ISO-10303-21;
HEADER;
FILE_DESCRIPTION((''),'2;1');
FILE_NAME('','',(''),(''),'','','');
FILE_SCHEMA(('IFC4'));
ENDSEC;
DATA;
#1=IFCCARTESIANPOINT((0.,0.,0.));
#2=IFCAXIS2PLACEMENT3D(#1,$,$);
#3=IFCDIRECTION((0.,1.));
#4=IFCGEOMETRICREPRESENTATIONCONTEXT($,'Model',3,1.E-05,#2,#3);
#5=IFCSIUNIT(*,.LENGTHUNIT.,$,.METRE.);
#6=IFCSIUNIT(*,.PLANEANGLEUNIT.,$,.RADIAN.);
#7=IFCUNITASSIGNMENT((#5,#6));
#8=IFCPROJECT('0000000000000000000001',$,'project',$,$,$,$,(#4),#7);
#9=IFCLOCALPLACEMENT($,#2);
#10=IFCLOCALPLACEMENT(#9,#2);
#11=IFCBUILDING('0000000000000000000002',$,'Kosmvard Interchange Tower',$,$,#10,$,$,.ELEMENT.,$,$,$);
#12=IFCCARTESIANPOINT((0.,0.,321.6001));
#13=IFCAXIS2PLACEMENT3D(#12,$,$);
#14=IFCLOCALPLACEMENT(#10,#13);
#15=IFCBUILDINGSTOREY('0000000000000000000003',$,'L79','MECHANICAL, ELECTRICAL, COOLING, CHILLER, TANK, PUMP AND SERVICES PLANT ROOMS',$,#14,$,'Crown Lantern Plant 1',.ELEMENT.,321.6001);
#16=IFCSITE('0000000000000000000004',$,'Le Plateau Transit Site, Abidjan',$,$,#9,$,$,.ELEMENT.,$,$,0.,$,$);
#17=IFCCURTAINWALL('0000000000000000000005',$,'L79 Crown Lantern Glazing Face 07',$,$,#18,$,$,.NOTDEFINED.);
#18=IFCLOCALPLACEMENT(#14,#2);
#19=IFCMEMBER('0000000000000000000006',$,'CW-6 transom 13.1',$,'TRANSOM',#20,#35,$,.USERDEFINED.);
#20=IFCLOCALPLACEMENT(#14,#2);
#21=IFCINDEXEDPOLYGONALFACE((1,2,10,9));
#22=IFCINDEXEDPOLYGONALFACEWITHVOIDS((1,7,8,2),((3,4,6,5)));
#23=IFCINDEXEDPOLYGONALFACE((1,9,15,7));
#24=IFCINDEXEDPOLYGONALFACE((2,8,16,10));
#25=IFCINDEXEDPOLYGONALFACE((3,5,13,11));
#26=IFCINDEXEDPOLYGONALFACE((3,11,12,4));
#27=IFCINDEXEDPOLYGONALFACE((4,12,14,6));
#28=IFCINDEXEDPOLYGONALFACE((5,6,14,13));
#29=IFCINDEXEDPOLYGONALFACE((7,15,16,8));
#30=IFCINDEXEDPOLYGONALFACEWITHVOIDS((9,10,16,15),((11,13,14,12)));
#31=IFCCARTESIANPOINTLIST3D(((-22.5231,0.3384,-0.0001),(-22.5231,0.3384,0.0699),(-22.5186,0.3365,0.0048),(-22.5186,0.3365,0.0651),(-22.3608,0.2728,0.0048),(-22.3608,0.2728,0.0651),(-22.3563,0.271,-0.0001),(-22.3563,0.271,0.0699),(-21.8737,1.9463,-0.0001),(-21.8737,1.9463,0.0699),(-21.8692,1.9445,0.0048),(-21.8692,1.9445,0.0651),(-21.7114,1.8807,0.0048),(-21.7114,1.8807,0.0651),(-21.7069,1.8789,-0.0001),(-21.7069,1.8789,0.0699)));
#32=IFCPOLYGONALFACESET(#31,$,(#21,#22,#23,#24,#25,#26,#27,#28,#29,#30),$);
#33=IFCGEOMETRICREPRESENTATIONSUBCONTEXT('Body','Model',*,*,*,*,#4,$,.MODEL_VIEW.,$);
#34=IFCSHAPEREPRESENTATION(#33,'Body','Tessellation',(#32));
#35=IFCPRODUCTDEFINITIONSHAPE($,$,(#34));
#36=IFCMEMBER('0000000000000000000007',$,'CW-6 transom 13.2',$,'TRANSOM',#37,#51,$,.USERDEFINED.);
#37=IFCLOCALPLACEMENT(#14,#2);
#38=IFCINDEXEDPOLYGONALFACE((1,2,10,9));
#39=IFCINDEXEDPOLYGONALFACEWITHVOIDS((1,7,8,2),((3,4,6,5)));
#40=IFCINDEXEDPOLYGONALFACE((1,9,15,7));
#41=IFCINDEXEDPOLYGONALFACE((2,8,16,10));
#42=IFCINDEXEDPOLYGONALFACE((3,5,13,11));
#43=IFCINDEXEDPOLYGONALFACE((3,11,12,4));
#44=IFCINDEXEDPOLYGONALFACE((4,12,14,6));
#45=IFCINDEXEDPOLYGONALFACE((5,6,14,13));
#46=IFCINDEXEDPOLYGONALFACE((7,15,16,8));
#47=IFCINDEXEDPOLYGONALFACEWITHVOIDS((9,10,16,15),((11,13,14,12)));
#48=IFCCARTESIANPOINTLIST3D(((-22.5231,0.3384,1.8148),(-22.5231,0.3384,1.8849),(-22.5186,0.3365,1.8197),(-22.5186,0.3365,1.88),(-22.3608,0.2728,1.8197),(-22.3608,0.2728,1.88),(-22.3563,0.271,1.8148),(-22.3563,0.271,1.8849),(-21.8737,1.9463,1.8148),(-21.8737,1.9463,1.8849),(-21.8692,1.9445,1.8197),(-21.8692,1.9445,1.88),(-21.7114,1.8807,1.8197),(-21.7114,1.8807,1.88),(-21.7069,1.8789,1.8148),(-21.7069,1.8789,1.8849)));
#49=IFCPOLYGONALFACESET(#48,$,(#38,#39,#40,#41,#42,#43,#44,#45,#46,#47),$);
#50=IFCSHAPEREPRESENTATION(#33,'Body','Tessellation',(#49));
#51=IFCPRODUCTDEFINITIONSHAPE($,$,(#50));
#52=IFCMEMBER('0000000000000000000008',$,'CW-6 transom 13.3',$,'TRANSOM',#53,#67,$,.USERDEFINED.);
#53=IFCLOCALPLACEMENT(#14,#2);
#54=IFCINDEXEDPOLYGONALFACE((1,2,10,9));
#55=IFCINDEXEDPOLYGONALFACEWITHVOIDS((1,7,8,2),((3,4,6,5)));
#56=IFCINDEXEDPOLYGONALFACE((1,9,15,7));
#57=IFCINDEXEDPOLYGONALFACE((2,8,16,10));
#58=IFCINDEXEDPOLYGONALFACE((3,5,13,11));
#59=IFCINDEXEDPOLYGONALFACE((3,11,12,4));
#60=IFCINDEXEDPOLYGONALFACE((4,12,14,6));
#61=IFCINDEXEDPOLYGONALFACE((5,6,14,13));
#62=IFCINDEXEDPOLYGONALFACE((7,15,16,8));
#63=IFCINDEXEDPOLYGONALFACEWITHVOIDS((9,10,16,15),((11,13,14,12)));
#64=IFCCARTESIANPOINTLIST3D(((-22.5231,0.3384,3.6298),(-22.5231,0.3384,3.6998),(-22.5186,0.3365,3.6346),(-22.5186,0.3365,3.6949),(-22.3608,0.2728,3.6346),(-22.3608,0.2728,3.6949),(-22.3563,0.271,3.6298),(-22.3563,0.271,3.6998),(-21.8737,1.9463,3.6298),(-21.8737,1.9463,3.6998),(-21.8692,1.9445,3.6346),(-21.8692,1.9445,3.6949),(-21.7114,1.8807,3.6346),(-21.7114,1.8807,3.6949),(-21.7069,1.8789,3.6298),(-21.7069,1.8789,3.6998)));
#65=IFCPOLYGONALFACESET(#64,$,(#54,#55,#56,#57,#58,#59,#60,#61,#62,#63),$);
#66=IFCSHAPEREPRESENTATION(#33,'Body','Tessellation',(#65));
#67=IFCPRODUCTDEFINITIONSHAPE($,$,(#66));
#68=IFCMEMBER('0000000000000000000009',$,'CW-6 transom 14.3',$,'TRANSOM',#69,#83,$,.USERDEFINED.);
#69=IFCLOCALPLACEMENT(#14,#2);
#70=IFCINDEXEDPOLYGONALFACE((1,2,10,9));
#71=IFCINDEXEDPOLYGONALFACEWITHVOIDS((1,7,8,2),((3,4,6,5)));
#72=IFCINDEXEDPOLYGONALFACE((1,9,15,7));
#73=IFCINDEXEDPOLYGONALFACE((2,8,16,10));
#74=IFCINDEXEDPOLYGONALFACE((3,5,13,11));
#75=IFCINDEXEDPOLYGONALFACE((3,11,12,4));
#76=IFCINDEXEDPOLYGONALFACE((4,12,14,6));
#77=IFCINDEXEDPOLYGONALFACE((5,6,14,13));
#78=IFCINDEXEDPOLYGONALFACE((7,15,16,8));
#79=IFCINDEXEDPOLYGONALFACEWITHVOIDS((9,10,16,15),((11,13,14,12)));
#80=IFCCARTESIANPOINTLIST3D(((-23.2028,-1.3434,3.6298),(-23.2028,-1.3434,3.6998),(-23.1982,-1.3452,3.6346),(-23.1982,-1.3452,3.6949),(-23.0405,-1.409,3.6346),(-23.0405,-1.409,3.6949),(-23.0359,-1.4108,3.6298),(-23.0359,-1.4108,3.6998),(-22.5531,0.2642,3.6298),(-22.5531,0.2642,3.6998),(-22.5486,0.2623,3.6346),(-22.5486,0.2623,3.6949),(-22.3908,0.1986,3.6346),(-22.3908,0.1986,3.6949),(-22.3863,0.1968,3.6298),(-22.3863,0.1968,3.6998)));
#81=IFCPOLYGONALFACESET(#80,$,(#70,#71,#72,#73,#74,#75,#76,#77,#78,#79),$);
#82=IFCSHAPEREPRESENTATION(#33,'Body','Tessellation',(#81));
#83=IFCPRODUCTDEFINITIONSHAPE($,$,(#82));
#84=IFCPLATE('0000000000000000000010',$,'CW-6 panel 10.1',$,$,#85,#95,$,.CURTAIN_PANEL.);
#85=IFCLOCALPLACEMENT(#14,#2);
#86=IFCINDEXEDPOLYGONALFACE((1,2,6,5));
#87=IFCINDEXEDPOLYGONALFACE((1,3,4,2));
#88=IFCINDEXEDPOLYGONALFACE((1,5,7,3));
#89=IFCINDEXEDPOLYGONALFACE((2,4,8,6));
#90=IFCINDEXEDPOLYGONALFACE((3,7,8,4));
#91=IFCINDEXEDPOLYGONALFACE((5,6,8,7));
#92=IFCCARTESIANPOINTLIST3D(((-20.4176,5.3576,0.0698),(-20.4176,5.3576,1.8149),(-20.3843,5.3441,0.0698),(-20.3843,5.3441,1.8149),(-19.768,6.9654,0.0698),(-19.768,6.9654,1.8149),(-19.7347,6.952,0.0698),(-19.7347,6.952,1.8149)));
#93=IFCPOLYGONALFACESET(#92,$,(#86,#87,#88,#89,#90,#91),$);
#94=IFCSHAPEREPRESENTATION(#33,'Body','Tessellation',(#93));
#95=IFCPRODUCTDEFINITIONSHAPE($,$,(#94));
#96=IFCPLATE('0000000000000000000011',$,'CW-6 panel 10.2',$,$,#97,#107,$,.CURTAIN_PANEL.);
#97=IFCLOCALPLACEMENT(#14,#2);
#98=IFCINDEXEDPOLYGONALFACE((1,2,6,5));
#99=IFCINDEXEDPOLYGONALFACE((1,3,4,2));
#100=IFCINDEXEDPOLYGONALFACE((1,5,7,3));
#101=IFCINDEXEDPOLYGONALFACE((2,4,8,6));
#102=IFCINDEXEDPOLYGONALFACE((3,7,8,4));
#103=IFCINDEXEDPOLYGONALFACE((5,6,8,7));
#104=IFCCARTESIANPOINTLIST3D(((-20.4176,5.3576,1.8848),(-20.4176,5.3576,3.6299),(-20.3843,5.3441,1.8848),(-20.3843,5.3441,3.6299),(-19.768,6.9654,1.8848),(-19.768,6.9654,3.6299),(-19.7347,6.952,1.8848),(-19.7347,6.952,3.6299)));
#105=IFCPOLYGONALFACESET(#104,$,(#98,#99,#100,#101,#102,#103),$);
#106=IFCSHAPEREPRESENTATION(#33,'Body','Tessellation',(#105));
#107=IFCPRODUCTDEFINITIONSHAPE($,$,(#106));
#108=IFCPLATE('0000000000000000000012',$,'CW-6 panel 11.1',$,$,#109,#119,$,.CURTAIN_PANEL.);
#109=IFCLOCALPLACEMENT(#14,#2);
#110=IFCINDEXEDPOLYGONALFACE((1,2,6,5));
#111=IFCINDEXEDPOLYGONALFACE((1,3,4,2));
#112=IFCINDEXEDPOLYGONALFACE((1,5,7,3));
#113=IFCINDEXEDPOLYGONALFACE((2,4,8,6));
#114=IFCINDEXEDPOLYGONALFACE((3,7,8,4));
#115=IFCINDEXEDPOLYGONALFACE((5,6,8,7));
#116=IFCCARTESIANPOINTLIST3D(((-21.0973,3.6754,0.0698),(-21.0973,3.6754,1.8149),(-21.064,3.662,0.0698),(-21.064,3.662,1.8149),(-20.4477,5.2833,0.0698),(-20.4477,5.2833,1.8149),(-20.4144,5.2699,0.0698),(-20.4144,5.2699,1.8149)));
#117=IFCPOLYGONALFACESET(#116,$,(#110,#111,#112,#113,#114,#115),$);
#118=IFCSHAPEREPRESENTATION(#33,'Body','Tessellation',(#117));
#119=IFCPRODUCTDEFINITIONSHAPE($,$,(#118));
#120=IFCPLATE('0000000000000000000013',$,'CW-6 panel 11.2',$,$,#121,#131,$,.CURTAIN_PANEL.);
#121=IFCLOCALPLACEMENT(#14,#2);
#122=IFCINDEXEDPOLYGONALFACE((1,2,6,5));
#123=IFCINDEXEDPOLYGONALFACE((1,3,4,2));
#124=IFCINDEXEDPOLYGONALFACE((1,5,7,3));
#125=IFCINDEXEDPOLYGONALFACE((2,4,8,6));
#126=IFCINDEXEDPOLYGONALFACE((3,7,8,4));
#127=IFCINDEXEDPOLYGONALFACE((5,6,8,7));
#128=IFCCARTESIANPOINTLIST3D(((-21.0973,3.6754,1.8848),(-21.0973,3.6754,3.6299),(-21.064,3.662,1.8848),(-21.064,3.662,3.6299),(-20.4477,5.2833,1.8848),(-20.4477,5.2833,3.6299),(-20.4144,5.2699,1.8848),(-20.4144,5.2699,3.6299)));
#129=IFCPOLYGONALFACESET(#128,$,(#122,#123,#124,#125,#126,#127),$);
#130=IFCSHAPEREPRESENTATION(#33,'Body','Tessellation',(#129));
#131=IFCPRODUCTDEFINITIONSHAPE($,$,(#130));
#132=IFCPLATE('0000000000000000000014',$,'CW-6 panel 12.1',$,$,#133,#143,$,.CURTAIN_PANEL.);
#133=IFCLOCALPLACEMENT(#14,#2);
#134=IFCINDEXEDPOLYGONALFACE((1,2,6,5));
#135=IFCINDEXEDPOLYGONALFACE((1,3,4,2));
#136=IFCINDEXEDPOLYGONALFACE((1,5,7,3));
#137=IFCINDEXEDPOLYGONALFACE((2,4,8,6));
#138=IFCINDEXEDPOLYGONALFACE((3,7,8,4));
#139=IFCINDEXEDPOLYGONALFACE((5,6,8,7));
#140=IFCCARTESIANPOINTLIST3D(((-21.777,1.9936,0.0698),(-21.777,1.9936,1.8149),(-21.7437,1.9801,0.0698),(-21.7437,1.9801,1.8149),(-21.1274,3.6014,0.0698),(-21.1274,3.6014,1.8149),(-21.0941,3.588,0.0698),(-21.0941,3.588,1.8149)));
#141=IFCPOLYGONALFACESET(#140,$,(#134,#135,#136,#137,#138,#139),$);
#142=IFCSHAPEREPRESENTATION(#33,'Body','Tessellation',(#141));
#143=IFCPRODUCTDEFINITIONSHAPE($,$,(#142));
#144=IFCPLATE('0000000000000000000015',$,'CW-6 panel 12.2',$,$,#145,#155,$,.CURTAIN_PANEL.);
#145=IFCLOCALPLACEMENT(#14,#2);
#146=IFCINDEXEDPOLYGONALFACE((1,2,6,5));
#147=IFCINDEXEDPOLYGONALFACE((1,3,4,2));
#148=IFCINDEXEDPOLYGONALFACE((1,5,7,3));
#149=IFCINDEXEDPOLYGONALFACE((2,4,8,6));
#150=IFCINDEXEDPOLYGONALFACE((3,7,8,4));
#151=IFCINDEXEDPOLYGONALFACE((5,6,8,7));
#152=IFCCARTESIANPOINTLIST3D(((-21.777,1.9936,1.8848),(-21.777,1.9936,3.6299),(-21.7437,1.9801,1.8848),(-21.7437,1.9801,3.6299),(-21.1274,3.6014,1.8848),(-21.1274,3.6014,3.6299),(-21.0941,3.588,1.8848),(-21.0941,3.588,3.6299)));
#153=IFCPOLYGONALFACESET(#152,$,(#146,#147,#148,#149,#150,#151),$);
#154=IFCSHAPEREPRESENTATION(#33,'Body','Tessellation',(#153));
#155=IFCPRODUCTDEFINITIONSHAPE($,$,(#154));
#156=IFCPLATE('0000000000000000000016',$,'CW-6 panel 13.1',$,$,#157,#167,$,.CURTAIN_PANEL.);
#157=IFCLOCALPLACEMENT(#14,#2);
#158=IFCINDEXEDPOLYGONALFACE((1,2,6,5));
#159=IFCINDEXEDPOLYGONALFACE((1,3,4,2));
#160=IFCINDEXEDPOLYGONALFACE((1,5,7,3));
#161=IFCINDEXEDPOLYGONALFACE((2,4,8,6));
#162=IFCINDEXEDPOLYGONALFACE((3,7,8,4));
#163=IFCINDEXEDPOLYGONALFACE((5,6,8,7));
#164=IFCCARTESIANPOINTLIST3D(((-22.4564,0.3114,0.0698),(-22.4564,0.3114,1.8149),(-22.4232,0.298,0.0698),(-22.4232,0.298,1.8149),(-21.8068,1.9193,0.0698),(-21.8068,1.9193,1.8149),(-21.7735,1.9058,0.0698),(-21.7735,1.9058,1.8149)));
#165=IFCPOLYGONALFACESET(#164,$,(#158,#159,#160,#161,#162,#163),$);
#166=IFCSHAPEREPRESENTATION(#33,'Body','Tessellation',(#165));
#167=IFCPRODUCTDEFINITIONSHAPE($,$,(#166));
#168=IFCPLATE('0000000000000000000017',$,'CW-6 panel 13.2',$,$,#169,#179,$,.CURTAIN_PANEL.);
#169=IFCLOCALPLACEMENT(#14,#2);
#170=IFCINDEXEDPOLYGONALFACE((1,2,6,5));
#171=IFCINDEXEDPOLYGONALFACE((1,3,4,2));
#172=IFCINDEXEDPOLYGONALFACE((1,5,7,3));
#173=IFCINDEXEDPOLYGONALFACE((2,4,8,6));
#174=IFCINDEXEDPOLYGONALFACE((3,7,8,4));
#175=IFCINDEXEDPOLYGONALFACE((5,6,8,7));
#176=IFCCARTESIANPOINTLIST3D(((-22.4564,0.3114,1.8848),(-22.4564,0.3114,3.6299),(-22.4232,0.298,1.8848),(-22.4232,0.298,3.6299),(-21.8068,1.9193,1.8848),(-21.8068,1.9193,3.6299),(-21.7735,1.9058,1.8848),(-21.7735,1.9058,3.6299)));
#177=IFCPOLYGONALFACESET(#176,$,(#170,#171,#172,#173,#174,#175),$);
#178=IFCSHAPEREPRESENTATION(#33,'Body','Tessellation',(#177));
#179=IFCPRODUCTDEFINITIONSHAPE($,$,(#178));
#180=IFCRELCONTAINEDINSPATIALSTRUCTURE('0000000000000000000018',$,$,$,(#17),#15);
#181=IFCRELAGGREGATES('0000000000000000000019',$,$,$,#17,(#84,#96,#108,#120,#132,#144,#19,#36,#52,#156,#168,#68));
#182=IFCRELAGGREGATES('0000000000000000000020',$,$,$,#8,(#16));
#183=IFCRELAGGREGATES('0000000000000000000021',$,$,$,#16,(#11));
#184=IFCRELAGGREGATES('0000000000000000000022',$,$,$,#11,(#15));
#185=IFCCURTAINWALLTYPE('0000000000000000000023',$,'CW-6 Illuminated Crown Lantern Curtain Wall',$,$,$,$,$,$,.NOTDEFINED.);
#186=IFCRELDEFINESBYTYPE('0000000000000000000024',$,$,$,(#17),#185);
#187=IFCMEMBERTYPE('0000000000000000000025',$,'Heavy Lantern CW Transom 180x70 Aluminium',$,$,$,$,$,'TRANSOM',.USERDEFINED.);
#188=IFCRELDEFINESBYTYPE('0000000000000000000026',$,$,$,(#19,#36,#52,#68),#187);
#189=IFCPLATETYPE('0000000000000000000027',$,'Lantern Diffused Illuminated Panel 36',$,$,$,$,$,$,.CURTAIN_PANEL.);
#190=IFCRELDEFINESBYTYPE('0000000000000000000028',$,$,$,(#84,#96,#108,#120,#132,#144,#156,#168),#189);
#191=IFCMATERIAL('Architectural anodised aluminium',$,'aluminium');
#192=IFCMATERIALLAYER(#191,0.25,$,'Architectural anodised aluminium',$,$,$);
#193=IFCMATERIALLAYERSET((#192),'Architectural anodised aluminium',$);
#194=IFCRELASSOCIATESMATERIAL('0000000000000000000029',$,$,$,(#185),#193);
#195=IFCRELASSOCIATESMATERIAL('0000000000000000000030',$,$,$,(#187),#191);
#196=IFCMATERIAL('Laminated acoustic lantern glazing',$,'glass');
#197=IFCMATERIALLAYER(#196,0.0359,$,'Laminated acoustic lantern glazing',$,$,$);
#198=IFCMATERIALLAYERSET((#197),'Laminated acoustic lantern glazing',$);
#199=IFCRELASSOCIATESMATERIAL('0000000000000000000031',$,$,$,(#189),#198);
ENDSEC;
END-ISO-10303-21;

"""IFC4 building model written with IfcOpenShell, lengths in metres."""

from ifc_helpers import new_model, si_unit, direction, frame, origin, origin_2d, place, context, subcontext, project, spatial, rectangle, hollow_rectangle, extrude, source, transform, mapped, material, layer, layer_set, material_profile, profile_set, type_object, element, aggregate, save


model = new_model("IFC4")

# Units and contexts
model_context = context("Model", 3, precision=1e-05, world=origin(), true_north=direction((0.0, 1.0)))
body_context = subcontext(model_context, "Body", "Model", "MODEL_VIEW")
ifc_project = project(units=[si_unit("LENGTHUNIT", "METRE"), si_unit("PLANEANGLEUNIT", "RADIAN")], contexts=[model_context])

# Site, building, storey
site_placement = place(None, origin())
site = spatial("IfcSite", under=ifc_project, at=site_placement, Name="Le Plateau Transit Site, Abidjan", CompositionType="ELEMENT", RefElevation=0.0)
building_placement = place(site_placement, origin())
building = spatial("IfcBuilding", under=site, at=building_placement, Name="Kosmvard Interchange Tower", CompositionType="ELEMENT")
storey_placement = place(building_placement, frame((0.0, 0.0, 321.6001)))
storey = spatial("IfcBuildingStorey", under=building, at=storey_placement, Name="L79", Description="MECHANICAL, ELECTRICAL, COOLING, CHILLER, TANK, PUMP AND SERVICES PLANT ROOMS", LongName="Crown Lantern Plant 1", CompositionType="ELEMENT", Elevation=321.6001)

# Curtain wall, members, plates
ifc_material_1 = material(Name="Architectural anodised aluminium", Category="aluminium")
ifc_layer_1 = layer(ifc_material_1, 0.25, Name="Architectural anodised aluminium")
ifc_layer_set_1 = layer_set([ifc_layer_1], Name="Architectural anodised aluminium")
curtain_wall_type = type_object("IfcCurtainWallType", Name="CW-6 Illuminated Crown Lantern Curtain Wall", PredefinedType="NOTDEFINED", material=ifc_layer_set_1)
curtain_wall_placement = place(storey_placement, origin())
curtain_wall = element("IfcCurtainWall", 1, at=curtain_wall_placement, inside=storey, type_object=curtain_wall_type, Name="L79 Crown Lantern Glazing Face 07", PredefinedType="NOTDEFINED")
ifc_material_profile_1 = material_profile(ifc_material_1, hollow_rectangle(XDim=0.1799, YDim=0.0701, WallThickness=0.0049, at=origin_2d()), Name="CWT 180x70x5")
ifc_profile_set_1 = profile_set([ifc_material_profile_1], Name="Architectural anodised aluminium")
member_type_1 = type_object("IfcMemberType", Name="Heavy Lantern CW Transom 180x70 Aluminium", ElementType="TRANSOM", PredefinedType="USERDEFINED", material=ifc_profile_set_1)
shared_shape_1 = source(origin(), body_context, "Body", "SweptSolid", [
    extrude(hollow_rectangle(XDim=0.1799, YDim=0.0701, WallThickness=0.0049, at=origin_2d()), origin(), (0.0, 0.0, 1.0), 1.7341),
])
member_1_placement = place(storey_placement, frame((-21.7903, 1.9126, 0.0349), z_axis=(-0.374496, -0.927229, 0.0), x_axis=(0.927229, -0.374496, 0.0)))
member_1 = element("IfcMember", 2, at=member_1_placement, type_object=member_type_1, Name="CW-6 transom 13.1", ObjectType="TRANSOM", PredefinedType="USERDEFINED", context=body_context, shape_type="MappedRepresentation", body=[
    mapped(shared_shape_1, transform((0.0, 0.0, 0.0), scale=1.0)),
])
member_2_placement = place(storey_placement, frame((-21.7903, 1.9126, 1.8499), z_axis=(-0.374496, -0.927229, 0.0), x_axis=(0.927229, -0.374496, 0.0)))
member_2 = element("IfcMember", 3, at=member_2_placement, type_object=member_type_1, Name="CW-6 transom 13.2", ObjectType="TRANSOM", PredefinedType="USERDEFINED", context=body_context, shape_type="MappedRepresentation", body=[
    mapped(shared_shape_1, transform((0.0, 0.0, 0.0), scale=1.0)),
])
member_3_placement = place(storey_placement, frame((-21.7903, 1.9126, 3.6648), z_axis=(-0.374496, -0.927229, 0.0), x_axis=(0.927229, -0.374496, 0.0)))
member_3 = element("IfcMember", 4, at=member_3_placement, type_object=member_type_1, Name="CW-6 transom 13.3", ObjectType="TRANSOM", PredefinedType="USERDEFINED", context=body_context, shape_type="MappedRepresentation", body=[
    mapped(shared_shape_1, transform((0.0, 0.0, 0.0), scale=1.0)),
])
shared_shape_2 = source(origin(), body_context, "Body", "SweptSolid", [
    extrude(hollow_rectangle(XDim=0.1799, YDim=0.0701, WallThickness=0.0049, at=origin_2d()), origin(), (0.0, 0.0, 1.0), 1.7339),
])
member_4_placement = place(storey_placement, frame((-22.4697, 0.2305, 3.6648), z_axis=(-0.374666, -0.92716, 0.0), x_axis=(0.92716, -0.374666, 0.0)))
member_4 = element("IfcMember", 5, at=member_4_placement, type_object=member_type_1, Name="CW-6 transom 14.3", ObjectType="TRANSOM", PredefinedType="USERDEFINED", context=body_context, shape_type="MappedRepresentation", body=[
    mapped(shared_shape_2, transform((0.0, 0.0, 0.0), scale=1.0)),
])
ifc_material_2 = material(Name="Laminated acoustic lantern glazing", Category="glass")
ifc_layer_2 = layer(ifc_material_2, 0.0359, Name="Laminated acoustic lantern glazing")
ifc_layer_set_2 = layer_set([ifc_layer_2], Name="Laminated acoustic lantern glazing")
plate_type = type_object("IfcPlateType", Name="Lantern Diffused Illuminated Panel 36", PredefinedType="CURTAIN_PANEL", material=ifc_layer_set_2)
shared_shape_3 = source(origin(), body_context, "Body", "SweptSolid", [
    extrude(rectangle(XDim=1.7341, YDim=0.0359, at=origin_2d()), origin(), (0.0, 0.0, 1.0), 1.7451),
])
plate_1_placement = place(storey_placement, frame((-20.0762, 6.1548, 0.0698), z_axis=(0.0, 0.0, 1.0), x_axis=(-0.374607, -0.927184, 0.0)))
plate_1 = element("IfcPlate", 6, at=plate_1_placement, type_object=plate_type, Name="CW-6 panel 10.1", PredefinedType="CURTAIN_PANEL", context=body_context, shape_type="MappedRepresentation", body=[
    mapped(shared_shape_3, transform((0.0, 0.0, 0.0), scale=1.0)),
])
plate_2_placement = place(storey_placement, frame((-20.0762, 6.1548, 1.8848), z_axis=(0.0, 0.0, 1.0), x_axis=(-0.374607, -0.927184, 0.0)))
plate_2 = element("IfcPlate", 7, at=plate_2_placement, type_object=plate_type, Name="CW-6 panel 10.2", PredefinedType="CURTAIN_PANEL", context=body_context, shape_type="MappedRepresentation", body=[
    mapped(shared_shape_3, transform((0.0, 0.0, 0.0), scale=1.0)),
])
plate_3_placement = place(storey_placement, frame((-20.7559, 4.4727, 0.0698), z_axis=(0.0, 0.0, 1.0), x_axis=(-0.374607, -0.927184, 0.0)))
plate_3 = element("IfcPlate", 8, at=plate_3_placement, type_object=plate_type, Name="CW-6 panel 11.1", PredefinedType="CURTAIN_PANEL", context=body_context, shape_type="MappedRepresentation", body=[
    mapped(shared_shape_3, transform((0.0, 0.0, 0.0), scale=1.0)),
])
plate_4_placement = place(storey_placement, frame((-20.7559, 4.4727, 1.8848), z_axis=(0.0, 0.0, 1.0), x_axis=(-0.374607, -0.927184, 0.0)))
plate_4 = element("IfcPlate", 9, at=plate_4_placement, type_object=plate_type, Name="CW-6 panel 11.2", PredefinedType="CURTAIN_PANEL", context=body_context, shape_type="MappedRepresentation", body=[
    mapped(shared_shape_3, transform((0.0, 0.0, 0.0), scale=1.0)),
])
plate_5_placement = place(storey_placement, frame((-21.4355, 2.7908, 0.0698), z_axis=(0.0, 0.0, 1.0), x_axis=(-0.374607, -0.927184, 0.0)))
plate_5 = element("IfcPlate", 10, at=plate_5_placement, type_object=plate_type, Name="CW-6 panel 12.1", PredefinedType="CURTAIN_PANEL", context=body_context, shape_type="MappedRepresentation", body=[
    mapped(shared_shape_3, transform((0.0, 0.0, 0.0), scale=1.0)),
])
plate_6_placement = place(storey_placement, frame((-21.4355, 2.7908, 1.8848), z_axis=(0.0, 0.0, 1.0), x_axis=(-0.374607, -0.927184, 0.0)))
plate_6 = element("IfcPlate", 11, at=plate_6_placement, type_object=plate_type, Name="CW-6 panel 12.2", PredefinedType="CURTAIN_PANEL", context=body_context, shape_type="MappedRepresentation", body=[
    mapped(shared_shape_3, transform((0.0, 0.0, 0.0), scale=1.0)),
])
plate_7_placement = place(storey_placement, frame((-22.115, 1.1086, 0.0698), z_axis=(0.0, 0.0, 1.0), x_axis=(-0.374607, -0.927184, 0.0)))
plate_7 = element("IfcPlate", 12, at=plate_7_placement, type_object=plate_type, Name="CW-6 panel 13.1", PredefinedType="CURTAIN_PANEL", context=body_context, shape_type="MappedRepresentation", body=[
    mapped(shared_shape_3, transform((0.0, 0.0, 0.0), scale=1.0)),
])
plate_8_placement = place(storey_placement, frame((-22.115, 1.1086, 1.8848), z_axis=(0.0, 0.0, 1.0), x_axis=(-0.374607, -0.927184, 0.0)))
plate_8 = element("IfcPlate", 13, at=plate_8_placement, type_object=plate_type, Name="CW-6 panel 13.2", PredefinedType="CURTAIN_PANEL", context=body_context, shape_type="MappedRepresentation", body=[
    mapped(shared_shape_3, transform((0.0, 0.0, 0.0), scale=1.0)),
])
aggregate(curtain_wall, [plate_1, plate_2, plate_3, plate_4, plate_5, plate_6, member_1, member_2, member_3, plate_7, plate_8, member_4])

save(model, "model.ifc")
